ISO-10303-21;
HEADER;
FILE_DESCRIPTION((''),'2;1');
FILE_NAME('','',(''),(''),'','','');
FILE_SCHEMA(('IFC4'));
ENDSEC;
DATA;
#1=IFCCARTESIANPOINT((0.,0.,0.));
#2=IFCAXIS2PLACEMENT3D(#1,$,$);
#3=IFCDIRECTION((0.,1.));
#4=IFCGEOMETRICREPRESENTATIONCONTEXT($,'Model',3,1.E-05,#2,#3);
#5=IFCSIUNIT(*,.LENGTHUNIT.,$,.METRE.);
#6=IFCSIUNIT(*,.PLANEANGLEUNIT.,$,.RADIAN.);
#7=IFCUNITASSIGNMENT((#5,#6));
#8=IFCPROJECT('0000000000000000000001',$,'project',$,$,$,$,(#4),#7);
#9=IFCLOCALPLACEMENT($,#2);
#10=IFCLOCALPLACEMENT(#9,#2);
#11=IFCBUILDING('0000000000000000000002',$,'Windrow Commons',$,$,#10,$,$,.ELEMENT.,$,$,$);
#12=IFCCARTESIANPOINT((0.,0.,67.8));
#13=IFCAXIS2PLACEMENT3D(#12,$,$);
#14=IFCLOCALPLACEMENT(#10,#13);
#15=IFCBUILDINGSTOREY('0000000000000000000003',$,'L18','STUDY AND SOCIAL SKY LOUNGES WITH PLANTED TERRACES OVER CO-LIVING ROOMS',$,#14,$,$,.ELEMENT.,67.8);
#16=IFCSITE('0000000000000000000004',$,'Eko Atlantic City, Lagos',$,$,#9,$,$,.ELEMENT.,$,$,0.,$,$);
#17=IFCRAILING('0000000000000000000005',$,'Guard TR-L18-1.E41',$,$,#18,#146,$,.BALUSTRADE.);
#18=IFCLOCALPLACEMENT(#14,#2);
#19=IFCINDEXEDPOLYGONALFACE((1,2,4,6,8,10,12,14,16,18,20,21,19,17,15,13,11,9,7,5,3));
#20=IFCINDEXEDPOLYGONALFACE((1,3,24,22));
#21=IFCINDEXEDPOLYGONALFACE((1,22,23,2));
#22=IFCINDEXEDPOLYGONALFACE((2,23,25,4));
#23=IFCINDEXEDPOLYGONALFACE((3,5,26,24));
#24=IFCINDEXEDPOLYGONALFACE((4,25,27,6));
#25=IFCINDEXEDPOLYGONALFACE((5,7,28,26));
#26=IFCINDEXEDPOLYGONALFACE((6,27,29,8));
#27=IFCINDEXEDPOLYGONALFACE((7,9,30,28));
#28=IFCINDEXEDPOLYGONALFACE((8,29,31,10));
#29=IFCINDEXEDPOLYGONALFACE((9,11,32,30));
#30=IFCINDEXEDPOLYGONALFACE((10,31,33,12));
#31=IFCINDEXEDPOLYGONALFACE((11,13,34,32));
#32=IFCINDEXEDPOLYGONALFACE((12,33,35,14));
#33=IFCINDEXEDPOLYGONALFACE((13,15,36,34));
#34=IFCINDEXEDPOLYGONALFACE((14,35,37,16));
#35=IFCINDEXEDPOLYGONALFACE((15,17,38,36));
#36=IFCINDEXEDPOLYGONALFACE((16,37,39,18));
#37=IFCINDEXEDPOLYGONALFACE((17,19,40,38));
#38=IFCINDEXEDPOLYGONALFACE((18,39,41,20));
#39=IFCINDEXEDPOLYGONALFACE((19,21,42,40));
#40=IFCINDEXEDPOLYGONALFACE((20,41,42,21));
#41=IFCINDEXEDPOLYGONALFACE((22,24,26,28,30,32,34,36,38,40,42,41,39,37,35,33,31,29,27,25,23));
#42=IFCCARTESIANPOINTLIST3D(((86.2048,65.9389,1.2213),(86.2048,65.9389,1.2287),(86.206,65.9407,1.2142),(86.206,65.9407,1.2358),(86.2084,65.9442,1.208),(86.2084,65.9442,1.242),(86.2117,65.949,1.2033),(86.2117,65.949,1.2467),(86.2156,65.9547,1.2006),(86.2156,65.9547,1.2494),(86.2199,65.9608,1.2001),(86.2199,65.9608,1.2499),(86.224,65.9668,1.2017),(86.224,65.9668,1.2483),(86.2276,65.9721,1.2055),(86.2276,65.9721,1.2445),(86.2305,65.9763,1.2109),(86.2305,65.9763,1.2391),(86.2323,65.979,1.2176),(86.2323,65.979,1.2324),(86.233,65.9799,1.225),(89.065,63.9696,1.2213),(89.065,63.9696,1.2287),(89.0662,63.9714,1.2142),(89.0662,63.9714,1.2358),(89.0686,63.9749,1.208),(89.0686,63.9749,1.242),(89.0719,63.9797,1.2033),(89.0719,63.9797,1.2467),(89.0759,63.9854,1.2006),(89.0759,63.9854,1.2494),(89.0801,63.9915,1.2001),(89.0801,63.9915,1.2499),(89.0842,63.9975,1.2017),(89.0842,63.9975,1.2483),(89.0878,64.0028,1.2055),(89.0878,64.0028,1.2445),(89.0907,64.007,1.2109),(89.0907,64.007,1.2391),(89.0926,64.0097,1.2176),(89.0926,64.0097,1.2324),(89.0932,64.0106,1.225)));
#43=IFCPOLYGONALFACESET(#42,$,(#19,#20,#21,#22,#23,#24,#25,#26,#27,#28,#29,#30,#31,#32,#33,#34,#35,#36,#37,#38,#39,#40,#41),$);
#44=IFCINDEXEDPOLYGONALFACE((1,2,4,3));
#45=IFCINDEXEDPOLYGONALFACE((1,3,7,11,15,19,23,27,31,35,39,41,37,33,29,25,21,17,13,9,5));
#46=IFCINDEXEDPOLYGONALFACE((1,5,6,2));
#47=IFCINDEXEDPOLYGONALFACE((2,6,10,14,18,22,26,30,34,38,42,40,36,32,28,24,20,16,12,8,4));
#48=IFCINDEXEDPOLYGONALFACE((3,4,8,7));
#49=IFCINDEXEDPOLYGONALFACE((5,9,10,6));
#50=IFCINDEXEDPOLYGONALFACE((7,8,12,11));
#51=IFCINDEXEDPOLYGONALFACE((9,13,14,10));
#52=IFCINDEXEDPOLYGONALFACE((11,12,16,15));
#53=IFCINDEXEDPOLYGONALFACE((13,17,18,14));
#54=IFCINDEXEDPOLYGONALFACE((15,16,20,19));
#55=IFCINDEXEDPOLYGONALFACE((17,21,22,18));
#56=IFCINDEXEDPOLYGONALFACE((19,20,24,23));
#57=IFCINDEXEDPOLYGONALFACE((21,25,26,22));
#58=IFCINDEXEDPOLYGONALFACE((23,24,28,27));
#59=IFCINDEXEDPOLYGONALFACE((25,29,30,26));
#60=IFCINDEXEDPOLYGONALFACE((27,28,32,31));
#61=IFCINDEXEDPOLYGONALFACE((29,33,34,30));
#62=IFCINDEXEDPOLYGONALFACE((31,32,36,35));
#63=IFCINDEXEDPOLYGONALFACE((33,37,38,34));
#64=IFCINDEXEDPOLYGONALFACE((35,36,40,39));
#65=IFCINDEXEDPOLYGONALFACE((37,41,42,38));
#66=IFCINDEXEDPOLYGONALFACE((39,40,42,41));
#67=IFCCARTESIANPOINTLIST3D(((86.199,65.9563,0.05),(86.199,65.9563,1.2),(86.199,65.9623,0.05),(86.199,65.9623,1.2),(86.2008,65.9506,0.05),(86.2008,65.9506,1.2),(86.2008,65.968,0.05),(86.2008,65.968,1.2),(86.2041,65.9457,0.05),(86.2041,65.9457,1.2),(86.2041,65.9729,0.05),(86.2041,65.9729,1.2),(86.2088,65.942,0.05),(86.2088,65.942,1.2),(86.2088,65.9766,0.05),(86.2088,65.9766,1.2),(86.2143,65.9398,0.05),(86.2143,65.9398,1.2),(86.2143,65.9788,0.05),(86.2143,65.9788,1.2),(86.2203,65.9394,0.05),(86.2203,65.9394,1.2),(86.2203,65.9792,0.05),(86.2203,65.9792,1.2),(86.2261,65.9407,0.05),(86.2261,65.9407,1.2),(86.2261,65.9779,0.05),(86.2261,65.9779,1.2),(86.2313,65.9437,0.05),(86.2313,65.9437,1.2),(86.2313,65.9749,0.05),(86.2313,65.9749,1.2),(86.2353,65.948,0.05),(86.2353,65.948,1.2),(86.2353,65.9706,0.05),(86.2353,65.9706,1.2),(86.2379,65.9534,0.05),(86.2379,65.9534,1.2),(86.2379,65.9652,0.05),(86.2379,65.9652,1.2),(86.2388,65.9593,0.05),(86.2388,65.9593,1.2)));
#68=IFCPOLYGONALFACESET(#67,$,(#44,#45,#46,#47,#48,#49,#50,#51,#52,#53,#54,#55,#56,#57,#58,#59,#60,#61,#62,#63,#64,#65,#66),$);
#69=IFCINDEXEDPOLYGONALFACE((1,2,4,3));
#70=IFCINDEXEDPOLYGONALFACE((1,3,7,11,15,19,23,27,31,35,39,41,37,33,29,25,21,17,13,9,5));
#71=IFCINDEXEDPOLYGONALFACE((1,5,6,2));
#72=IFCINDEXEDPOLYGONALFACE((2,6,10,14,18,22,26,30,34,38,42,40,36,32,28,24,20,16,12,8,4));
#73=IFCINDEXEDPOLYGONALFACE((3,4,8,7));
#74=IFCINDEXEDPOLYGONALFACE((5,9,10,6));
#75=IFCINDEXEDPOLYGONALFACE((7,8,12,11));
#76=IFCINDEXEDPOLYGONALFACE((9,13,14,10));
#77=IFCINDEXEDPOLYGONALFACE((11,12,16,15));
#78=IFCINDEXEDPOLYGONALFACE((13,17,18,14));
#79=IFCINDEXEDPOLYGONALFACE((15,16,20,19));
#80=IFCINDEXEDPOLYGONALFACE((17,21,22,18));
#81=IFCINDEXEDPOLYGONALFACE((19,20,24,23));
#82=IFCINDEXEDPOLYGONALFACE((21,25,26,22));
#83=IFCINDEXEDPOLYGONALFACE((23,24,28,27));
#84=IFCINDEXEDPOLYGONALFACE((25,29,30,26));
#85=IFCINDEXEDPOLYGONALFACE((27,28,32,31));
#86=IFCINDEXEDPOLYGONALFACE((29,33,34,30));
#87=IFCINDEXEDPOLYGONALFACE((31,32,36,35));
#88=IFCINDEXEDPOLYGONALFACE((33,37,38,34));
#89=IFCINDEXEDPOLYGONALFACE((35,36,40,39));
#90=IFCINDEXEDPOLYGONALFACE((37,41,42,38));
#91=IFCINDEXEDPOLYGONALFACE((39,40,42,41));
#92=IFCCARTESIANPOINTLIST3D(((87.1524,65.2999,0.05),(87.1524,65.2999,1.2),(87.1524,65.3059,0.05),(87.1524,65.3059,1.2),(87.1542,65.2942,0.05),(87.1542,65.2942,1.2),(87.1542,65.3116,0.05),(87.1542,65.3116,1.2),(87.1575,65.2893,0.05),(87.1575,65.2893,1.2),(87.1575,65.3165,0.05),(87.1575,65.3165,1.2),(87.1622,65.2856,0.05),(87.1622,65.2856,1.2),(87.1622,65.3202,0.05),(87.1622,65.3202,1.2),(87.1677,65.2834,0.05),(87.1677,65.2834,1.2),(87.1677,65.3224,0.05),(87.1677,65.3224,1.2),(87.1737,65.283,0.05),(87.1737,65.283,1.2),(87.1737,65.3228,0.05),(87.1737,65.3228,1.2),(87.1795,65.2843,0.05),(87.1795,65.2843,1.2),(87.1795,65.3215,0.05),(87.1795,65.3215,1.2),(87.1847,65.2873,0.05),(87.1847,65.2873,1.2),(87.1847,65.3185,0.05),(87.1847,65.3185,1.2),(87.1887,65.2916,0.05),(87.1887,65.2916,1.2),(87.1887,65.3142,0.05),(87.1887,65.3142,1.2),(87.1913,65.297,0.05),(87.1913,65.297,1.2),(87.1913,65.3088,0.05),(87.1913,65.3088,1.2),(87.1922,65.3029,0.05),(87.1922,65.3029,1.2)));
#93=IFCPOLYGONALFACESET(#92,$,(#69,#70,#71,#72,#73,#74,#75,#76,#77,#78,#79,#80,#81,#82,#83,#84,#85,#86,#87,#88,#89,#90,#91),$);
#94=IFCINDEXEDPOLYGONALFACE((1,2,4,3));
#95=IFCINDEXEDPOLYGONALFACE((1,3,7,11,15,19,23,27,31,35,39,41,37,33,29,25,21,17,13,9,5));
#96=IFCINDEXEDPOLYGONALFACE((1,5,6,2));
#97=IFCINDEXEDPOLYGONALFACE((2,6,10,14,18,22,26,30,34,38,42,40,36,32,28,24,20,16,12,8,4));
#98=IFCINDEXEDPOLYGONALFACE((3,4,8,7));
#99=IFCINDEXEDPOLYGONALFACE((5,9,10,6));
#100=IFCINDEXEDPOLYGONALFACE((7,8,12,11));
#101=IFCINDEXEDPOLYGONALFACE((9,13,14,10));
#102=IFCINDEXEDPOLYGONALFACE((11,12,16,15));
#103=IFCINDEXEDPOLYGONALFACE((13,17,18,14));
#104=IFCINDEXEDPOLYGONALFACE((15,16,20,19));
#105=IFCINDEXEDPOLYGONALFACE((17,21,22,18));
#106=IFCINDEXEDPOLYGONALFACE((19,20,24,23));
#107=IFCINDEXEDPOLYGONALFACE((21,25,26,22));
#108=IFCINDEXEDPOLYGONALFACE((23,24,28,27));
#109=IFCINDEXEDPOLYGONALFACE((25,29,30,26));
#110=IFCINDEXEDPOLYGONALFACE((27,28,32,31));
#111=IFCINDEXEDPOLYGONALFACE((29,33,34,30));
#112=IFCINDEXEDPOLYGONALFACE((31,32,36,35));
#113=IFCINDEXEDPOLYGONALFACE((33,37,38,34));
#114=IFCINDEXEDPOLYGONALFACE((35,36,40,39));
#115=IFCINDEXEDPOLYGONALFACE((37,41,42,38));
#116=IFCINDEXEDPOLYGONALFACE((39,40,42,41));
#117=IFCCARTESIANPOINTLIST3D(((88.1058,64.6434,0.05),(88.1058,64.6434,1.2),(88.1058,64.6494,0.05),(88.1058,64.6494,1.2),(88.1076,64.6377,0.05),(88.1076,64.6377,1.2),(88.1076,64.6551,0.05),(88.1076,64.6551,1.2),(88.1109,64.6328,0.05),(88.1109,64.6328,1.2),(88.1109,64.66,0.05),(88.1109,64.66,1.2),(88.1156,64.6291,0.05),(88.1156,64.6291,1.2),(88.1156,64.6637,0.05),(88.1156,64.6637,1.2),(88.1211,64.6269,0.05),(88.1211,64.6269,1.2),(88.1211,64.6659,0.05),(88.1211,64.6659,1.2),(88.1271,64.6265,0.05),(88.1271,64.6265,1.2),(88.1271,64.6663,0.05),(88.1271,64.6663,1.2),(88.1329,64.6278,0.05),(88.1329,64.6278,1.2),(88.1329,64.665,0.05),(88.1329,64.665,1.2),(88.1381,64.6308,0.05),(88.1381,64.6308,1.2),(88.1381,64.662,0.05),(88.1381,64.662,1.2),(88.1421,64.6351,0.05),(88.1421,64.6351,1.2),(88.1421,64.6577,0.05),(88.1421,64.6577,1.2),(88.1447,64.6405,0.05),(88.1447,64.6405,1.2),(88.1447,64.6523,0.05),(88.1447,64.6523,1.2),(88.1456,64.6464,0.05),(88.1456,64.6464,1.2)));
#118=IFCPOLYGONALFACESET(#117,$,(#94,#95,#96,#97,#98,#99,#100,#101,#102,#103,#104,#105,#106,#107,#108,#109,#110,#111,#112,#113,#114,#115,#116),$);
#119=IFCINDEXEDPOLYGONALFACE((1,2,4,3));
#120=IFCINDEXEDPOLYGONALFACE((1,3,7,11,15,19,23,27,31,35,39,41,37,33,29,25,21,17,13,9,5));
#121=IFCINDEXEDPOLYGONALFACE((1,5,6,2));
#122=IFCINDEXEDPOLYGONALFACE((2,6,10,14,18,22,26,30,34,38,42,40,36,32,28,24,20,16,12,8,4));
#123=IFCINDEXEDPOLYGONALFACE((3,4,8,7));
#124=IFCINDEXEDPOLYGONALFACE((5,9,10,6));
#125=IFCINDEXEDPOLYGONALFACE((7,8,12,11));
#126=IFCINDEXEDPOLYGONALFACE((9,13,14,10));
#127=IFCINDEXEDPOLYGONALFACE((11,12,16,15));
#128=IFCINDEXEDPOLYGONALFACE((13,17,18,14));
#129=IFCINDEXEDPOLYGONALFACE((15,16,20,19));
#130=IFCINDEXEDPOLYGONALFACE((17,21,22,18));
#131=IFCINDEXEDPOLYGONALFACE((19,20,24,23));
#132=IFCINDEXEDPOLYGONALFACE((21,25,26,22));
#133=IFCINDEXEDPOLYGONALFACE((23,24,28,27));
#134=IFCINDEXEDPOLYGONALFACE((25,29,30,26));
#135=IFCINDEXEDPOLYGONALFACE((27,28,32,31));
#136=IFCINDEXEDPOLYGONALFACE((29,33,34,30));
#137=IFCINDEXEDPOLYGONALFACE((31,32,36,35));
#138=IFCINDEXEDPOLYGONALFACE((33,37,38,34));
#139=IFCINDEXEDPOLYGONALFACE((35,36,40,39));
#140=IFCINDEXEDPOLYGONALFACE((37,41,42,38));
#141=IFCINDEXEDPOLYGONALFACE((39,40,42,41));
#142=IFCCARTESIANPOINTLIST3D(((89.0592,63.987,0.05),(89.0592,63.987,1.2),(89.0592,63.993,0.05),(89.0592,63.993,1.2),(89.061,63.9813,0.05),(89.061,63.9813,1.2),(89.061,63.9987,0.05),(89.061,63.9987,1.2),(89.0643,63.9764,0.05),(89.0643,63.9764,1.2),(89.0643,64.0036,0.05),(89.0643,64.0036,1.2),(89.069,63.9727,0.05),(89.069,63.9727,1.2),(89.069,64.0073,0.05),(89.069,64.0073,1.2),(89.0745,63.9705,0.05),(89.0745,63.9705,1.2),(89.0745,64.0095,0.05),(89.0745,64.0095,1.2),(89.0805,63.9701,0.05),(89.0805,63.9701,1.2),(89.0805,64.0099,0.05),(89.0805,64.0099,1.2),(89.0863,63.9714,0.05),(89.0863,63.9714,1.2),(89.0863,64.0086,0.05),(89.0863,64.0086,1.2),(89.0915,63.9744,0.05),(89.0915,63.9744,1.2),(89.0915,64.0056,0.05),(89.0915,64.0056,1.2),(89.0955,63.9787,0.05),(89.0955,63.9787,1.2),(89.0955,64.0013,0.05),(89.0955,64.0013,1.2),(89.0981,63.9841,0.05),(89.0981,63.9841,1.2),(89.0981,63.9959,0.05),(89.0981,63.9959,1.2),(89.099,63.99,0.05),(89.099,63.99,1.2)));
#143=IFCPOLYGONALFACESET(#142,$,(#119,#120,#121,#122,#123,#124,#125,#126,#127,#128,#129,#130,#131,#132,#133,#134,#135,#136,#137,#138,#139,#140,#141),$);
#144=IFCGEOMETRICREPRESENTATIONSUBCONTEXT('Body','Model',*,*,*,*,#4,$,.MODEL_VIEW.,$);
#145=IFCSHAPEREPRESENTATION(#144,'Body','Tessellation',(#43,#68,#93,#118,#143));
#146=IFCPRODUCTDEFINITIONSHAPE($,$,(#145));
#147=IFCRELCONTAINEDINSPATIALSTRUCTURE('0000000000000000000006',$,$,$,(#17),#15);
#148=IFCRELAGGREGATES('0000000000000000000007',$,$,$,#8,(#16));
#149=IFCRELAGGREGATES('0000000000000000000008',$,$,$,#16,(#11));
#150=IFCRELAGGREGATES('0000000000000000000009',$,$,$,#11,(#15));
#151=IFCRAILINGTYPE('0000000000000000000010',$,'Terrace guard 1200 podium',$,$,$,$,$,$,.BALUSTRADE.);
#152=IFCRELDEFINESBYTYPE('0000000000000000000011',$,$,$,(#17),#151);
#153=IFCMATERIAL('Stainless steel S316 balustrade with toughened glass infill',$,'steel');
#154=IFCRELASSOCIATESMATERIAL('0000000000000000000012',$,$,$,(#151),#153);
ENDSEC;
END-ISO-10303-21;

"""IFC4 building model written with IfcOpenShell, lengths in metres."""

from ifc_helpers import new_model, si_unit, direction, frame, origin, origin_2d, place, context, subcontext, project, spatial, circle, extrude, material, type_object, element, save


model = new_model("IFC4")

# Units and contexts
model_context = context("Model", 3, precision=1e-05, world=origin(), true_north=direction((0.0, 1.0)))
body_context = subcontext(model_context, "Body", "Model", "MODEL_VIEW")
ifc_project = project(units=[si_unit("LENGTHUNIT", "METRE"), si_unit("PLANEANGLEUNIT", "RADIAN")], contexts=[model_context])

# Site, building, storey
site_placement = place(None, origin())
site = spatial("IfcSite", under=ifc_project, at=site_placement, Name="Eko Atlantic City, Lagos", CompositionType="ELEMENT", RefElevation=0.0)
building_placement = place(site_placement, origin())
building = spatial("IfcBuilding", under=site, at=building_placement, Name="Windrow Commons", CompositionType="ELEMENT")
storey_placement = place(building_placement, frame((0.0, 0.0, 67.8)))
storey = spatial("IfcBuildingStorey", under=building, at=storey_placement, Name="L18", Description="STUDY AND SOCIAL SKY LOUNGES WITH PLANTED TERRACES OVER CO-LIVING ROOMS", CompositionType="ELEMENT", Elevation=67.8)

# Railing
ifc_material_1 = material(Name="Stainless steel S316 balustrade with toughened glass infill", Category="steel")
railing_type_1 = type_object("IfcRailingType", Name="Terrace guard 1200 podium", PredefinedType="BALUSTRADE", material=ifc_material_1)
railing_1_placement = place(storey_placement, frame((86.2188, 65.9593, 0.05)))
element("IfcRailing", 1, at=railing_1_placement, inside=storey, type_object=railing_type_1, Name="Guard TR-L18-1.E41", PredefinedType="BALUSTRADE", context=body_context, shape_type="SweptSolid", body=[
    extrude(circle(Radius=0.025, at=origin_2d()), frame((0.0, 0.0, 1.175), z_axis=(0.82365, -0.567098, 0.0), x_axis=(0.567098, 0.82365, 0.0)), (0.0, 0.0, 1.0), 3.4726),
    extrude(circle(Radius=0.02, at=origin_2d()), origin(), (0.0, 0.0, 1.0), 1.15),
    extrude(circle(Radius=0.02, at=origin_2d()), frame((0.9534, -0.6564, 0.0)), (0.0, 0.0, 1.0), 1.15),
    extrude(circle(Radius=0.02, at=origin_2d()), frame((1.9068, -1.3129, 0.0)), (0.0, 0.0, 1.0), 1.15),
    extrude(circle(Radius=0.02, at=origin_2d()), frame((2.8602, -1.9693, 0.0)), (0.0, 0.0, 1.0), 1.15),
])

save(model, "model.ifc")
